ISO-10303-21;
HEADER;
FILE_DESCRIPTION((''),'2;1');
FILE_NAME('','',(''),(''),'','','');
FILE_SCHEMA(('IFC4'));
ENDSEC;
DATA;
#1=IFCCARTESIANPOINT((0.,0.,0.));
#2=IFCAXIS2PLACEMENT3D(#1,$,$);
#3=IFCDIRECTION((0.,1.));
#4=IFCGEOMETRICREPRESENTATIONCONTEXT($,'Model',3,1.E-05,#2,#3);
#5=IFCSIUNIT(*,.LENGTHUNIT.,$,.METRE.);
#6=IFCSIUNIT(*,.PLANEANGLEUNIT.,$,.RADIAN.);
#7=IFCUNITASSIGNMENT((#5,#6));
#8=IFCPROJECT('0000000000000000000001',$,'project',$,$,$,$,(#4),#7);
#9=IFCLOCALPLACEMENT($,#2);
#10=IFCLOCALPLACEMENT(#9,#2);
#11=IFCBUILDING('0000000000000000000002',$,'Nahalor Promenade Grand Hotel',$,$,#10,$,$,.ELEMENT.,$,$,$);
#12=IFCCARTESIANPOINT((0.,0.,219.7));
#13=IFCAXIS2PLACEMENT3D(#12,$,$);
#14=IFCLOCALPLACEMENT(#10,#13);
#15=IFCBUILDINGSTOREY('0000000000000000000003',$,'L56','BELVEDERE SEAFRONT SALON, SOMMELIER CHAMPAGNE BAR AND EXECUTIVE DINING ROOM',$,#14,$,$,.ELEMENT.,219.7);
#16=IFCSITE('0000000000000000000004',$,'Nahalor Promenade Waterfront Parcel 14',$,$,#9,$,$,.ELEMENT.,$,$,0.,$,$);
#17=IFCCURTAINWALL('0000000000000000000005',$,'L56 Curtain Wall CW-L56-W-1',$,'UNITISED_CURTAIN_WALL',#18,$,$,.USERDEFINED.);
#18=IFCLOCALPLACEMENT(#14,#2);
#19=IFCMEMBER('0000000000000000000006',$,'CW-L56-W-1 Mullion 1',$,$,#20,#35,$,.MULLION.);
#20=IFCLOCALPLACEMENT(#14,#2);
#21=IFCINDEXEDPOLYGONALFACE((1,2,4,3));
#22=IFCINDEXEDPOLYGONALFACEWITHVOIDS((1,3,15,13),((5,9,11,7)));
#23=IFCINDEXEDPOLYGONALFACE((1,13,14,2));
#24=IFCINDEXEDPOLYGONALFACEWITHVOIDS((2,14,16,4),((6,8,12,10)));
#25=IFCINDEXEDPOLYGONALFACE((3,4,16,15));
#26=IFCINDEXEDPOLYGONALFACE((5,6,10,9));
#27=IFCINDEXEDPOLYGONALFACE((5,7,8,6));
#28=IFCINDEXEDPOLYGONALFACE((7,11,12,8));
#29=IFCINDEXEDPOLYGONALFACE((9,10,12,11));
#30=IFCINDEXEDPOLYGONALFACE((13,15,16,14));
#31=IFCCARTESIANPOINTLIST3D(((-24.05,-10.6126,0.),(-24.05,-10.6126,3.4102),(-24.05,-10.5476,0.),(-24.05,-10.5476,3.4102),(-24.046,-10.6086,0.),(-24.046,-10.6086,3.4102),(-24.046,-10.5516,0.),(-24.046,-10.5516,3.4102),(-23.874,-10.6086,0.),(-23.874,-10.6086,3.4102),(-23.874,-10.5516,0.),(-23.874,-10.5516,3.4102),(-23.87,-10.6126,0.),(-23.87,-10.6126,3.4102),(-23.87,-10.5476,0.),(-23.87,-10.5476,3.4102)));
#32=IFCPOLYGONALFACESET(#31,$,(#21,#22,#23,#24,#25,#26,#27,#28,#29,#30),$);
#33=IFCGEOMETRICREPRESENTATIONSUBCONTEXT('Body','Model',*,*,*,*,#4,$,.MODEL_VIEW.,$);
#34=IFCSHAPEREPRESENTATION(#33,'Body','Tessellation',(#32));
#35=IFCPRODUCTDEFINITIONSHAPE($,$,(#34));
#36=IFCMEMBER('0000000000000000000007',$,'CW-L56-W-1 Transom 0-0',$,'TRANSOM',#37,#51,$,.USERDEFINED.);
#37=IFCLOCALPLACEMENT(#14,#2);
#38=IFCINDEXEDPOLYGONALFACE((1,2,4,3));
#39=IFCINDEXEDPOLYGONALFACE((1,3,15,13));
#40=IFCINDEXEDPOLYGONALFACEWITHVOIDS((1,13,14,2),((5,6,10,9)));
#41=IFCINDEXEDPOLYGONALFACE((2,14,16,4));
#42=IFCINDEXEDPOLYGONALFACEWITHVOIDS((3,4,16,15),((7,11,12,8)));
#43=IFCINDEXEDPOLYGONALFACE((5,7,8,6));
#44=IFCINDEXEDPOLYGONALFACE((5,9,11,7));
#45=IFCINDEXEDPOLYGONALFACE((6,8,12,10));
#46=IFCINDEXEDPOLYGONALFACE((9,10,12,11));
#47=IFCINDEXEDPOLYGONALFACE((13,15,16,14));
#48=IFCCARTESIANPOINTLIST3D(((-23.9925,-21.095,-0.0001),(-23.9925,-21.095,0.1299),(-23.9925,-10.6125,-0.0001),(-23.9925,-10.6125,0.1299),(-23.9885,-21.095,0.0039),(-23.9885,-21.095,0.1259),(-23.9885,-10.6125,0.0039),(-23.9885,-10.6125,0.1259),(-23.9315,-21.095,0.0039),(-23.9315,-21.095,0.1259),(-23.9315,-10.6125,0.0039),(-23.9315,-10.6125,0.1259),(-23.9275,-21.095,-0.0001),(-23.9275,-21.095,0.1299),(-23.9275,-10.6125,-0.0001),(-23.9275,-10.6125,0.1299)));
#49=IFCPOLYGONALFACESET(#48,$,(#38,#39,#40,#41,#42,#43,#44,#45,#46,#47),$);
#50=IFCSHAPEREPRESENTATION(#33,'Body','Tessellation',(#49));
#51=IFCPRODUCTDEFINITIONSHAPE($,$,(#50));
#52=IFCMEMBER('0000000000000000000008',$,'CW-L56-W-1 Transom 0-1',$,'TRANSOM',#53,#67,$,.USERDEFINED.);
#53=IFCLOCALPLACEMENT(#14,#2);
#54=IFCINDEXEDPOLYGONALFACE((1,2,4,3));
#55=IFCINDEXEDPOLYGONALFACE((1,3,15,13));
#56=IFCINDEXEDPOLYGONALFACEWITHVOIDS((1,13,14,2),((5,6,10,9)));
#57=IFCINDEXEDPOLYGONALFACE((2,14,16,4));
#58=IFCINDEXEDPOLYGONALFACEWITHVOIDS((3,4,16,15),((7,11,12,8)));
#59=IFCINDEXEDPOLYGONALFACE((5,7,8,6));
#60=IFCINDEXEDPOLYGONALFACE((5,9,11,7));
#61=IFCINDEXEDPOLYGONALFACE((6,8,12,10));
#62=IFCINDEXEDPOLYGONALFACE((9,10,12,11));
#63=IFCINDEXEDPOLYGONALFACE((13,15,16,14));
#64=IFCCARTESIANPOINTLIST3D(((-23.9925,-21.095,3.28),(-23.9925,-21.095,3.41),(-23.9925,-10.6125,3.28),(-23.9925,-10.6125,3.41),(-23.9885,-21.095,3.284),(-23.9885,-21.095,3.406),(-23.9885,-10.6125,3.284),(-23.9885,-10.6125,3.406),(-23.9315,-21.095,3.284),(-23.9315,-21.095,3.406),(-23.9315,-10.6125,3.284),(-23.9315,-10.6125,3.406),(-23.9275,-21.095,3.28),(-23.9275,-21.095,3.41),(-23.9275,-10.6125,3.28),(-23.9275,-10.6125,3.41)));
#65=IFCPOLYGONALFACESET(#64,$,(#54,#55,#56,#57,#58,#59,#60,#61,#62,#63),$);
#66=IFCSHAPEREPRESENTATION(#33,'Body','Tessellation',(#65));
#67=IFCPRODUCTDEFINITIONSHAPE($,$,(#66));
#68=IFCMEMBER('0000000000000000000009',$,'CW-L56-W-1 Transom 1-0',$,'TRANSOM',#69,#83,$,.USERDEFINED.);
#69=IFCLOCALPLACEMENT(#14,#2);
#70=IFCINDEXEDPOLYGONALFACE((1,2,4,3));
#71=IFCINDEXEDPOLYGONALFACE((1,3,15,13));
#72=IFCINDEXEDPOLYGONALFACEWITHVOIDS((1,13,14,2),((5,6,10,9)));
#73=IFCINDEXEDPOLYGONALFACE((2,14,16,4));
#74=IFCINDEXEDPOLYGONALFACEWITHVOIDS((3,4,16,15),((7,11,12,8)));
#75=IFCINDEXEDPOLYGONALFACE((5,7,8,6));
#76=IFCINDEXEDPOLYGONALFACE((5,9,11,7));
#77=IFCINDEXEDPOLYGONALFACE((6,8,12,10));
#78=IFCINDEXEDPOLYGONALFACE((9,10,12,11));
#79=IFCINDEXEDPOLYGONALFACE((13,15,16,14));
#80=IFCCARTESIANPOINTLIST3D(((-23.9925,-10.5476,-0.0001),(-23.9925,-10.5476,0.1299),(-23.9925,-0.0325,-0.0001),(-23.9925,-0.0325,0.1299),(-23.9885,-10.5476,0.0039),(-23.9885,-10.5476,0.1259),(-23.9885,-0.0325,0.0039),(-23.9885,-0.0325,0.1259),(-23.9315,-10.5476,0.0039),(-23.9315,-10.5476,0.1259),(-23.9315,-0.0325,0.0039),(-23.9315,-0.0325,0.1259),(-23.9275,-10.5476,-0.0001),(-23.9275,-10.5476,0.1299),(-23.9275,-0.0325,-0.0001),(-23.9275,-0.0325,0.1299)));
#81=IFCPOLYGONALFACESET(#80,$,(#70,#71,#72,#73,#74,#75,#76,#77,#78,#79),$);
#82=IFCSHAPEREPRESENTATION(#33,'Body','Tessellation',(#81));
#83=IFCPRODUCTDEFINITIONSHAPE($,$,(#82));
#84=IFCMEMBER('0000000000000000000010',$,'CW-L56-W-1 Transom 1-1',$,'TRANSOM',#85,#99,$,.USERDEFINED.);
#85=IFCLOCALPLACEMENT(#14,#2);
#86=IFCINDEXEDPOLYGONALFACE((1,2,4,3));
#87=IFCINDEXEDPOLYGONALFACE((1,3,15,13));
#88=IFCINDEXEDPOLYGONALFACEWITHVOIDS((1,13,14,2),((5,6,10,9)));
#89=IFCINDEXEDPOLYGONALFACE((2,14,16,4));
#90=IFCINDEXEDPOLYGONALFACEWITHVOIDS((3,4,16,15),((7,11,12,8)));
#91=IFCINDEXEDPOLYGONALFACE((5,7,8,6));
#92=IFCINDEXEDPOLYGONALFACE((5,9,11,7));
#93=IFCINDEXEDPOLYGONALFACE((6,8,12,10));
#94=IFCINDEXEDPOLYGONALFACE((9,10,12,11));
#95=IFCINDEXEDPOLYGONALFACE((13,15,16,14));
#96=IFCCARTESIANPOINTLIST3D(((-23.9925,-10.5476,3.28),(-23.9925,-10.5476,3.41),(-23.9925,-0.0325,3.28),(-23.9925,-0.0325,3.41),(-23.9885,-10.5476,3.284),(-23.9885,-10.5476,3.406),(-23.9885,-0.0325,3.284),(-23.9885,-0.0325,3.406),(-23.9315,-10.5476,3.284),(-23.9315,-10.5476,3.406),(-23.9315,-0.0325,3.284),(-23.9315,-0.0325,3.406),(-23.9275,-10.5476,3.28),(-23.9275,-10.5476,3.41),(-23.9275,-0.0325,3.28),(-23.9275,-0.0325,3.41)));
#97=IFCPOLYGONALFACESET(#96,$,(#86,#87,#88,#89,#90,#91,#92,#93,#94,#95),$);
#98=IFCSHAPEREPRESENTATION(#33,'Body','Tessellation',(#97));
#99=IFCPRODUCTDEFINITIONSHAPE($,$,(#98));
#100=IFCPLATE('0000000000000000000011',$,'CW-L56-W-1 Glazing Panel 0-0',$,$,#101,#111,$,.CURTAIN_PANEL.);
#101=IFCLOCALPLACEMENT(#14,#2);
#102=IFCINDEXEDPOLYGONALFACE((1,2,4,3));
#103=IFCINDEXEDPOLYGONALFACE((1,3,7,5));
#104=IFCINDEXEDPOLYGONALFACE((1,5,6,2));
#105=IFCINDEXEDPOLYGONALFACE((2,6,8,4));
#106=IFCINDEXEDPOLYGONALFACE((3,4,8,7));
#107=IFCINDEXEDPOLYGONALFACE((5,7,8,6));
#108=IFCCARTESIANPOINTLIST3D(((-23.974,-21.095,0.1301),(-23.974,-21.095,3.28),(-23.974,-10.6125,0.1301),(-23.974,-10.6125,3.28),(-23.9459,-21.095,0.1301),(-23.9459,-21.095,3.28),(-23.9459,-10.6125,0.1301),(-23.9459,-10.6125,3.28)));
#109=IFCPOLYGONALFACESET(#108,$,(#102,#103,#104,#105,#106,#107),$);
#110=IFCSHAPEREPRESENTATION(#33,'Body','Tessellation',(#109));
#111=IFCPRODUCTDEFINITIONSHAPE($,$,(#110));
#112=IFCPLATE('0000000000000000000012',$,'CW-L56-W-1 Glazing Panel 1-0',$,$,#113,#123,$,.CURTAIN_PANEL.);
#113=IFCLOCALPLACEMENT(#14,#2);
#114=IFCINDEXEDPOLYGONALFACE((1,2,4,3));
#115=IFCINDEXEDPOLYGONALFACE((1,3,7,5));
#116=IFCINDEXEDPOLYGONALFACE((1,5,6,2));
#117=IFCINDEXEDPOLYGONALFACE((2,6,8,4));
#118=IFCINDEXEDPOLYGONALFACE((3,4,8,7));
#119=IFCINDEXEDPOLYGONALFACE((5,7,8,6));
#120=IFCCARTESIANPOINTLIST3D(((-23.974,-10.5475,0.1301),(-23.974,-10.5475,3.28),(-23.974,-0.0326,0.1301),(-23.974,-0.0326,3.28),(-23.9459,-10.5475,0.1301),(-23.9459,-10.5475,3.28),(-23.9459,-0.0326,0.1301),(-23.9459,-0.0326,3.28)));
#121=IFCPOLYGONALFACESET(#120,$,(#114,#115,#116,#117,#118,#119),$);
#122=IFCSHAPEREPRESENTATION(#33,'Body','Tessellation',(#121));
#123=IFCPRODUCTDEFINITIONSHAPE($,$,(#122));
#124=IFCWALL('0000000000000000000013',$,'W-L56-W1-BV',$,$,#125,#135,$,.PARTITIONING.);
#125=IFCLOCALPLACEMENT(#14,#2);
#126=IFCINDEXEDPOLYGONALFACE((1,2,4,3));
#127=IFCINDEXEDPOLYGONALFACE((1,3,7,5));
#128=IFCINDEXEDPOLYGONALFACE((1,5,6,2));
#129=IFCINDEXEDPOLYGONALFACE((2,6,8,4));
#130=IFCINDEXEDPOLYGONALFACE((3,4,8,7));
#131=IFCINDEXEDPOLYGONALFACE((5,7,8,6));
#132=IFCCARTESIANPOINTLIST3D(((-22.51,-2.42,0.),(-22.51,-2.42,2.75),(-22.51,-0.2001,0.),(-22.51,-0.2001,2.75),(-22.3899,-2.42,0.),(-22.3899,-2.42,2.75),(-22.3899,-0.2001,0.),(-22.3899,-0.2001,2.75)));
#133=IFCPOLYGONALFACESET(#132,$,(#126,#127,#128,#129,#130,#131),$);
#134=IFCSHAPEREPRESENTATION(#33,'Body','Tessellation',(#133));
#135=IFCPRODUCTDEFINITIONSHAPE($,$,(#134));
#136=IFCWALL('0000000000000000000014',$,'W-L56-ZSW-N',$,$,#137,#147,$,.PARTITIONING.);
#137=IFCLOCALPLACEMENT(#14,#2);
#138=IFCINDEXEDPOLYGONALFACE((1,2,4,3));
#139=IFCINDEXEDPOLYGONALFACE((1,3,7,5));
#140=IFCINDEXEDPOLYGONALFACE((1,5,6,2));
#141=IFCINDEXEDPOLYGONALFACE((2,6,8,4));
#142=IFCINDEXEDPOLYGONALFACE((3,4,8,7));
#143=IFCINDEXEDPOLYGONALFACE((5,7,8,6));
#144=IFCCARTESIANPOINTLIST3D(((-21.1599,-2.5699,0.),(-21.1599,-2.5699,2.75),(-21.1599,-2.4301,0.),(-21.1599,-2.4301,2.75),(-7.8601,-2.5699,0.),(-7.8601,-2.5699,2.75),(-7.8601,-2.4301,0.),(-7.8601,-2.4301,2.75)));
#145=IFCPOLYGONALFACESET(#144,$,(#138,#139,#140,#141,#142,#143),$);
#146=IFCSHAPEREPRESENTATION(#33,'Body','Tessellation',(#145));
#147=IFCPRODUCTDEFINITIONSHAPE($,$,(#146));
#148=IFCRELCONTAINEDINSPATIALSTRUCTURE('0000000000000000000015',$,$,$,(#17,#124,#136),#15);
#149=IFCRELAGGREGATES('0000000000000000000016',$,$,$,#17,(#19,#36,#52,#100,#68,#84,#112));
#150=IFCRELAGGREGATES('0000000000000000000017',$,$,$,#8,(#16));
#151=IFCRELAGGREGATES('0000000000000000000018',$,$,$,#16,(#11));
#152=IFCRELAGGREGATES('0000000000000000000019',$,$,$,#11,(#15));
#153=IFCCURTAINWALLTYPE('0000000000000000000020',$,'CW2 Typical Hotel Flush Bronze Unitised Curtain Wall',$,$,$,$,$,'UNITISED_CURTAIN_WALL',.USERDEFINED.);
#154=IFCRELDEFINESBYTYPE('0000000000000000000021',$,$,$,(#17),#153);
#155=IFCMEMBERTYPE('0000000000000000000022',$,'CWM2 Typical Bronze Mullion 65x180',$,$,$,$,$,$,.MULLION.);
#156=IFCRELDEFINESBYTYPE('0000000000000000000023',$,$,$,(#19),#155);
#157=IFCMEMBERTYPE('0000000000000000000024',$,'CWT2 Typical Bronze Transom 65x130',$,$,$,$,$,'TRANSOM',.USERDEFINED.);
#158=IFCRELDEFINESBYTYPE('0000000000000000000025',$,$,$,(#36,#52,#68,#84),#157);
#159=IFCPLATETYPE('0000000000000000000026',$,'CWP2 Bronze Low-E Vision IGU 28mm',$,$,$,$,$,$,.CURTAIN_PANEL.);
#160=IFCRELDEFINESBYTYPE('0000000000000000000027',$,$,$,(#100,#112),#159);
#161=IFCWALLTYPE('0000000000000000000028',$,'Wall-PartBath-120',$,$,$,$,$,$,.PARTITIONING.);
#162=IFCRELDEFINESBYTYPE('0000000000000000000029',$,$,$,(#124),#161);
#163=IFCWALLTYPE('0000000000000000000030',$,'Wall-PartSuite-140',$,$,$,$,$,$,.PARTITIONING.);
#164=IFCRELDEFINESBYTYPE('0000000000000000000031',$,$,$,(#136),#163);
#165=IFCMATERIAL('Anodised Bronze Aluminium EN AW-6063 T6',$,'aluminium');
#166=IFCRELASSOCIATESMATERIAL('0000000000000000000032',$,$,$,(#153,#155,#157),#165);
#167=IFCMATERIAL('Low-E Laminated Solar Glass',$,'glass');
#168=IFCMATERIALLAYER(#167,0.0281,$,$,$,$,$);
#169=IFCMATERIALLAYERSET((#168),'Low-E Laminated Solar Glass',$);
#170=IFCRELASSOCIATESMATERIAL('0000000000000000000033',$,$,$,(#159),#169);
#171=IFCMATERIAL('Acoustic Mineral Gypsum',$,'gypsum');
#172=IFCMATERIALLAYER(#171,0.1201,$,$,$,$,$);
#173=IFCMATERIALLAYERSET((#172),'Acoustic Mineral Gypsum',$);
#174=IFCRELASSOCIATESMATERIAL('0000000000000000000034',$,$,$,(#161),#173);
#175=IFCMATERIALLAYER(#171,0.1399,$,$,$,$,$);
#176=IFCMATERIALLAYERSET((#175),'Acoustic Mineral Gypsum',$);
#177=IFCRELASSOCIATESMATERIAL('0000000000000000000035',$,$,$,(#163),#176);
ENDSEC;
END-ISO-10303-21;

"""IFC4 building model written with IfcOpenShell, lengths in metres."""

from ifc_helpers import new_model, si_unit, direction, frame, frame_2d, origin, origin_2d, place, context, subcontext, project, spatial, rectangle, hollow_rectangle, extrude, source, transform, mapped, material, layer, layer_set, material_profile, profile_set, type_object, element, aggregate, save


model = new_model("IFC4")

# Units and contexts
model_context = context("Model", 3, precision=1e-05, world=origin(), true_north=direction((0.0, 1.0)))
body_context = subcontext(model_context, "Body", "Model", "MODEL_VIEW")
ifc_project = project(units=[si_unit("LENGTHUNIT", "METRE"), si_unit("PLANEANGLEUNIT", "RADIAN")], contexts=[model_context])

# Site, building, storey
site_placement = place(None, origin())
site = spatial("IfcSite", under=ifc_project, at=site_placement, Name="Nahalor Promenade Waterfront Parcel 14", CompositionType="ELEMENT", RefElevation=0.0)
building_placement = place(site_placement, origin())
building = spatial("IfcBuilding", under=site, at=building_placement, Name="Nahalor Promenade Grand Hotel", CompositionType="ELEMENT")
storey_placement = place(building_placement, frame((0.0, 0.0, 219.7)))
storey = spatial("IfcBuildingStorey", under=building, at=storey_placement, Name="L56", Description="BELVEDERE SEAFRONT SALON, SOMMELIER CHAMPAGNE BAR AND EXECUTIVE DINING ROOM", CompositionType="ELEMENT", Elevation=219.7)

# Curtain wall, members, plates
ifc_material_1 = material(Name="Anodised Bronze Aluminium EN AW-6063 T6", Category="aluminium")
curtain_wall_type = type_object("IfcCurtainWallType", Name="CW2 Typical Hotel Flush Bronze Unitised Curtain Wall", ElementType="UNITISED_CURTAIN_WALL", PredefinedType="USERDEFINED", material=ifc_material_1)
curtain_wall_placement = place(storey_placement, origin())
curtain_wall = element("IfcCurtainWall", 1, at=curtain_wall_placement, inside=storey, type_object=curtain_wall_type, Name="L56 Curtain Wall CW-L56-W-1", ObjectType="UNITISED_CURTAIN_WALL", PredefinedType="USERDEFINED")
ifc_material_profile_1 = material_profile(ifc_material_1, hollow_rectangle(XDim=0.065, YDim=0.18, WallThickness=0.004, at=origin_2d()), Name="CWM 65x180x4")
ifc_profile_set_1 = profile_set([ifc_material_profile_1], Name="Anodised Bronze Aluminium EN AW-6063 T6")
member_type_1 = type_object("IfcMemberType", Name="CWM2 Typical Bronze Mullion 65x180", PredefinedType="MULLION", material=ifc_profile_set_1)
shared_shape_1 = source(origin(), body_context, "Body", "SweptSolid", [
    extrude(hollow_rectangle(XDim=0.065, YDim=0.18, WallThickness=0.004, at=origin_2d()), origin(), (0.0, 0.0, 1.0), 3.4102),
])
member_1_placement = place(storey_placement, frame((-23.96, -10.5801, 0.0), z_axis=(0.0, 0.0, 1.0), x_axis=(0.0, 1.0, 0.0)))
member_1 = element("IfcMember", 2, at=member_1_placement, type_object=member_type_1, Name="CW-L56-W-1 Mullion 1", PredefinedType="MULLION", context=body_context, shape_type="MappedRepresentation", body=[
    mapped(shared_shape_1, transform((0.0, 0.0, 0.0), scale=1.0)),
])
ifc_material_profile_2 = material_profile(ifc_material_1, hollow_rectangle(XDim=0.065, YDim=0.13, WallThickness=0.004, at=origin_2d()), Name="CWT 65x130x4")
ifc_profile_set_2 = profile_set([ifc_material_profile_2], Name="Anodised Bronze Aluminium EN AW-6063 T6")
member_type_2 = type_object("IfcMemberType", Name="CWT2 Typical Bronze Transom 65x130", ElementType="TRANSOM", PredefinedType="USERDEFINED", material=ifc_profile_set_2)
shared_shape_2 = source(origin(), body_context, "Body", "SweptSolid", [
    extrude(hollow_rectangle(XDim=0.065, YDim=0.13, WallThickness=0.004, at=origin_2d()), origin(), (0.0, 0.0, 1.0), 10.4824),
])
member_2_placement = place(storey_placement, frame((-23.96, -21.095, 0.0649), z_axis=(0.0, 1.0, 0.0), x_axis=(-1.0, 0.0, 0.0)))
member_2 = element("IfcMember", 3, at=member_2_placement, type_object=member_type_2, Name="CW-L56-W-1 Transom 0-0", ObjectType="TRANSOM", PredefinedType="USERDEFINED", context=body_context, shape_type="MappedRepresentation", body=[
    mapped(shared_shape_2, transform((0.0, 0.0, 0.0), scale=1.0)),
])
member_3_placement = place(storey_placement, frame((-23.96, -21.095, 3.345), z_axis=(0.0, 1.0, 0.0), x_axis=(-1.0, 0.0, 0.0)))
member_3 = element("IfcMember", 4, at=member_3_placement, type_object=member_type_2, Name="CW-L56-W-1 Transom 0-1", ObjectType="TRANSOM", PredefinedType="USERDEFINED", context=body_context, shape_type="MappedRepresentation", body=[
    mapped(shared_shape_2, transform((0.0, 0.0, 0.0), scale=1.0)),
])
shared_shape_3 = source(origin(), body_context, "Body", "SweptSolid", [
    extrude(hollow_rectangle(XDim=0.065, YDim=0.13, WallThickness=0.004, at=origin_2d()), origin(), (0.0, 0.0, 1.0), 10.5151),
])
member_4_placement = place(storey_placement, frame((-23.96, -10.5476, 0.0649), z_axis=(0.0, 1.0, 0.0), x_axis=(-1.0, 0.0, 0.0)))
member_4 = element("IfcMember", 5, at=member_4_placement, type_object=member_type_2, Name="CW-L56-W-1 Transom 1-0", ObjectType="TRANSOM", PredefinedType="USERDEFINED", context=body_context, shape_type="MappedRepresentation", body=[
    mapped(shared_shape_3, transform((0.0, 0.0, 0.0), scale=1.0)),
])
member_5_placement = place(storey_placement, frame((-23.96, -10.5476, 3.345), z_axis=(0.0, 1.0, 0.0), x_axis=(-1.0, 0.0, 0.0)))
member_5 = element("IfcMember", 6, at=member_5_placement, type_object=member_type_2, Name="CW-L56-W-1 Transom 1-1", ObjectType="TRANSOM", PredefinedType="USERDEFINED", context=body_context, shape_type="MappedRepresentation", body=[
    mapped(shared_shape_3, transform((0.0, 0.0, 0.0), scale=1.0)),
])
ifc_material_2 = material(Name="Low-E Laminated Solar Glass", Category="glass")
ifc_layer_1 = layer(ifc_material_2, 0.0281)
ifc_layer_set_1 = layer_set([ifc_layer_1], Name="Low-E Laminated Solar Glass")
plate_type = type_object("IfcPlateType", Name="CWP2 Bronze Low-E Vision IGU 28mm", PredefinedType="CURTAIN_PANEL", material=ifc_layer_set_1)
shared_shape_4 = source(origin(), body_context, "Body", "SweptSolid", [
    extrude(rectangle(XDim=10.4824, YDim=0.0281, at=origin_2d()), origin(), (0.0, 0.0, 1.0), 3.1499),
])
plate_1_placement = place(storey_placement, frame((-23.96, -15.8538, 0.1301), z_axis=(0.0, 0.0, 1.0), x_axis=(0.0, 1.0, 0.0)))
plate_1 = element("IfcPlate", 7, at=plate_1_placement, type_object=plate_type, Name="CW-L56-W-1 Glazing Panel 0-0", PredefinedType="CURTAIN_PANEL", context=body_context, shape_type="MappedRepresentation", body=[
    mapped(shared_shape_4, transform((0.0, 0.0, 0.0), scale=1.0)),
])
shared_shape_5 = source(origin(), body_context, "Body", "SweptSolid", [
    extrude(rectangle(XDim=10.5149, YDim=0.0281, at=origin_2d()), origin(), (0.0, 0.0, 1.0), 3.1499),
])
plate_2_placement = place(storey_placement, frame((-23.96, -5.29, 0.1301), z_axis=(0.0, 0.0, 1.0), x_axis=(0.0, 1.0, 0.0)))
plate_2 = element("IfcPlate", 8, at=plate_2_placement, type_object=plate_type, Name="CW-L56-W-1 Glazing Panel 1-0", PredefinedType="CURTAIN_PANEL", context=body_context, shape_type="MappedRepresentation", body=[
    mapped(shared_shape_5, transform((0.0, 0.0, 0.0), scale=1.0)),
])
aggregate(curtain_wall, [member_1, member_2, member_3, plate_1, member_4, member_5, plate_2])

# Walls
ifc_material_3 = material(Name="Acoustic Mineral Gypsum", Category="gypsum")
ifc_layer_2 = layer(ifc_material_3, 0.1201)
ifc_layer_set_2 = layer_set([ifc_layer_2], Name="Acoustic Mineral Gypsum")
wall_type_1 = type_object("IfcWallType", Name="Wall-PartBath-120", PredefinedType="PARTITIONING", material=ifc_layer_set_2)
shared_shape_6 = source(origin(), body_context, "Body", "SweptSolid", [
    extrude(rectangle(XDim=2.22, YDim=0.1201, at=frame_2d((1.1099, 0.0))), origin(), (0.0, 0.0, 1.0), 2.75),
])
wall_1_placement = place(storey_placement, frame((-22.45, -2.4199, 0.0), z_axis=(0.0, 0.0, 1.0), x_axis=(0.0, 1.0, 0.0)))
element("IfcWall", 9, at=wall_1_placement, inside=storey, type_object=wall_type_1, Name="W-L56-W1-BV", PredefinedType="PARTITIONING", context=body_context, shape_type="MappedRepresentation", body=[
    mapped(shared_shape_6, transform((0.0, 0.0, 0.0), scale=1.0)),
])
ifc_layer_3 = layer(ifc_material_3, 0.1399)
ifc_layer_set_3 = layer_set([ifc_layer_3], Name="Acoustic Mineral Gypsum")
wall_type_2 = type_object("IfcWallType", Name="Wall-PartSuite-140", PredefinedType="PARTITIONING", material=ifc_layer_set_3)
shared_shape_7 = source(origin(), body_context, "Body", "SweptSolid", [
    extrude(rectangle(XDim=13.2998, YDim=0.1399, at=frame_2d((6.6499, 0.0))), origin(), (0.0, 0.0, 1.0), 2.75),
])
wall_2_placement = place(storey_placement, frame((-21.1599, -2.5, 0.0), z_axis=(0.0, 0.0, 1.0), x_axis=(1.0, 0.0, 0.0)))
element("IfcWall", 10, at=wall_2_placement, inside=storey, type_object=wall_type_2, Name="W-L56-ZSW-N", PredefinedType="PARTITIONING", context=body_context, shape_type="MappedRepresentation", body=[
    mapped(shared_shape_7, transform((0.0, 0.0, 0.0), scale=1.0)),
])

save(model, "model.ifc")
